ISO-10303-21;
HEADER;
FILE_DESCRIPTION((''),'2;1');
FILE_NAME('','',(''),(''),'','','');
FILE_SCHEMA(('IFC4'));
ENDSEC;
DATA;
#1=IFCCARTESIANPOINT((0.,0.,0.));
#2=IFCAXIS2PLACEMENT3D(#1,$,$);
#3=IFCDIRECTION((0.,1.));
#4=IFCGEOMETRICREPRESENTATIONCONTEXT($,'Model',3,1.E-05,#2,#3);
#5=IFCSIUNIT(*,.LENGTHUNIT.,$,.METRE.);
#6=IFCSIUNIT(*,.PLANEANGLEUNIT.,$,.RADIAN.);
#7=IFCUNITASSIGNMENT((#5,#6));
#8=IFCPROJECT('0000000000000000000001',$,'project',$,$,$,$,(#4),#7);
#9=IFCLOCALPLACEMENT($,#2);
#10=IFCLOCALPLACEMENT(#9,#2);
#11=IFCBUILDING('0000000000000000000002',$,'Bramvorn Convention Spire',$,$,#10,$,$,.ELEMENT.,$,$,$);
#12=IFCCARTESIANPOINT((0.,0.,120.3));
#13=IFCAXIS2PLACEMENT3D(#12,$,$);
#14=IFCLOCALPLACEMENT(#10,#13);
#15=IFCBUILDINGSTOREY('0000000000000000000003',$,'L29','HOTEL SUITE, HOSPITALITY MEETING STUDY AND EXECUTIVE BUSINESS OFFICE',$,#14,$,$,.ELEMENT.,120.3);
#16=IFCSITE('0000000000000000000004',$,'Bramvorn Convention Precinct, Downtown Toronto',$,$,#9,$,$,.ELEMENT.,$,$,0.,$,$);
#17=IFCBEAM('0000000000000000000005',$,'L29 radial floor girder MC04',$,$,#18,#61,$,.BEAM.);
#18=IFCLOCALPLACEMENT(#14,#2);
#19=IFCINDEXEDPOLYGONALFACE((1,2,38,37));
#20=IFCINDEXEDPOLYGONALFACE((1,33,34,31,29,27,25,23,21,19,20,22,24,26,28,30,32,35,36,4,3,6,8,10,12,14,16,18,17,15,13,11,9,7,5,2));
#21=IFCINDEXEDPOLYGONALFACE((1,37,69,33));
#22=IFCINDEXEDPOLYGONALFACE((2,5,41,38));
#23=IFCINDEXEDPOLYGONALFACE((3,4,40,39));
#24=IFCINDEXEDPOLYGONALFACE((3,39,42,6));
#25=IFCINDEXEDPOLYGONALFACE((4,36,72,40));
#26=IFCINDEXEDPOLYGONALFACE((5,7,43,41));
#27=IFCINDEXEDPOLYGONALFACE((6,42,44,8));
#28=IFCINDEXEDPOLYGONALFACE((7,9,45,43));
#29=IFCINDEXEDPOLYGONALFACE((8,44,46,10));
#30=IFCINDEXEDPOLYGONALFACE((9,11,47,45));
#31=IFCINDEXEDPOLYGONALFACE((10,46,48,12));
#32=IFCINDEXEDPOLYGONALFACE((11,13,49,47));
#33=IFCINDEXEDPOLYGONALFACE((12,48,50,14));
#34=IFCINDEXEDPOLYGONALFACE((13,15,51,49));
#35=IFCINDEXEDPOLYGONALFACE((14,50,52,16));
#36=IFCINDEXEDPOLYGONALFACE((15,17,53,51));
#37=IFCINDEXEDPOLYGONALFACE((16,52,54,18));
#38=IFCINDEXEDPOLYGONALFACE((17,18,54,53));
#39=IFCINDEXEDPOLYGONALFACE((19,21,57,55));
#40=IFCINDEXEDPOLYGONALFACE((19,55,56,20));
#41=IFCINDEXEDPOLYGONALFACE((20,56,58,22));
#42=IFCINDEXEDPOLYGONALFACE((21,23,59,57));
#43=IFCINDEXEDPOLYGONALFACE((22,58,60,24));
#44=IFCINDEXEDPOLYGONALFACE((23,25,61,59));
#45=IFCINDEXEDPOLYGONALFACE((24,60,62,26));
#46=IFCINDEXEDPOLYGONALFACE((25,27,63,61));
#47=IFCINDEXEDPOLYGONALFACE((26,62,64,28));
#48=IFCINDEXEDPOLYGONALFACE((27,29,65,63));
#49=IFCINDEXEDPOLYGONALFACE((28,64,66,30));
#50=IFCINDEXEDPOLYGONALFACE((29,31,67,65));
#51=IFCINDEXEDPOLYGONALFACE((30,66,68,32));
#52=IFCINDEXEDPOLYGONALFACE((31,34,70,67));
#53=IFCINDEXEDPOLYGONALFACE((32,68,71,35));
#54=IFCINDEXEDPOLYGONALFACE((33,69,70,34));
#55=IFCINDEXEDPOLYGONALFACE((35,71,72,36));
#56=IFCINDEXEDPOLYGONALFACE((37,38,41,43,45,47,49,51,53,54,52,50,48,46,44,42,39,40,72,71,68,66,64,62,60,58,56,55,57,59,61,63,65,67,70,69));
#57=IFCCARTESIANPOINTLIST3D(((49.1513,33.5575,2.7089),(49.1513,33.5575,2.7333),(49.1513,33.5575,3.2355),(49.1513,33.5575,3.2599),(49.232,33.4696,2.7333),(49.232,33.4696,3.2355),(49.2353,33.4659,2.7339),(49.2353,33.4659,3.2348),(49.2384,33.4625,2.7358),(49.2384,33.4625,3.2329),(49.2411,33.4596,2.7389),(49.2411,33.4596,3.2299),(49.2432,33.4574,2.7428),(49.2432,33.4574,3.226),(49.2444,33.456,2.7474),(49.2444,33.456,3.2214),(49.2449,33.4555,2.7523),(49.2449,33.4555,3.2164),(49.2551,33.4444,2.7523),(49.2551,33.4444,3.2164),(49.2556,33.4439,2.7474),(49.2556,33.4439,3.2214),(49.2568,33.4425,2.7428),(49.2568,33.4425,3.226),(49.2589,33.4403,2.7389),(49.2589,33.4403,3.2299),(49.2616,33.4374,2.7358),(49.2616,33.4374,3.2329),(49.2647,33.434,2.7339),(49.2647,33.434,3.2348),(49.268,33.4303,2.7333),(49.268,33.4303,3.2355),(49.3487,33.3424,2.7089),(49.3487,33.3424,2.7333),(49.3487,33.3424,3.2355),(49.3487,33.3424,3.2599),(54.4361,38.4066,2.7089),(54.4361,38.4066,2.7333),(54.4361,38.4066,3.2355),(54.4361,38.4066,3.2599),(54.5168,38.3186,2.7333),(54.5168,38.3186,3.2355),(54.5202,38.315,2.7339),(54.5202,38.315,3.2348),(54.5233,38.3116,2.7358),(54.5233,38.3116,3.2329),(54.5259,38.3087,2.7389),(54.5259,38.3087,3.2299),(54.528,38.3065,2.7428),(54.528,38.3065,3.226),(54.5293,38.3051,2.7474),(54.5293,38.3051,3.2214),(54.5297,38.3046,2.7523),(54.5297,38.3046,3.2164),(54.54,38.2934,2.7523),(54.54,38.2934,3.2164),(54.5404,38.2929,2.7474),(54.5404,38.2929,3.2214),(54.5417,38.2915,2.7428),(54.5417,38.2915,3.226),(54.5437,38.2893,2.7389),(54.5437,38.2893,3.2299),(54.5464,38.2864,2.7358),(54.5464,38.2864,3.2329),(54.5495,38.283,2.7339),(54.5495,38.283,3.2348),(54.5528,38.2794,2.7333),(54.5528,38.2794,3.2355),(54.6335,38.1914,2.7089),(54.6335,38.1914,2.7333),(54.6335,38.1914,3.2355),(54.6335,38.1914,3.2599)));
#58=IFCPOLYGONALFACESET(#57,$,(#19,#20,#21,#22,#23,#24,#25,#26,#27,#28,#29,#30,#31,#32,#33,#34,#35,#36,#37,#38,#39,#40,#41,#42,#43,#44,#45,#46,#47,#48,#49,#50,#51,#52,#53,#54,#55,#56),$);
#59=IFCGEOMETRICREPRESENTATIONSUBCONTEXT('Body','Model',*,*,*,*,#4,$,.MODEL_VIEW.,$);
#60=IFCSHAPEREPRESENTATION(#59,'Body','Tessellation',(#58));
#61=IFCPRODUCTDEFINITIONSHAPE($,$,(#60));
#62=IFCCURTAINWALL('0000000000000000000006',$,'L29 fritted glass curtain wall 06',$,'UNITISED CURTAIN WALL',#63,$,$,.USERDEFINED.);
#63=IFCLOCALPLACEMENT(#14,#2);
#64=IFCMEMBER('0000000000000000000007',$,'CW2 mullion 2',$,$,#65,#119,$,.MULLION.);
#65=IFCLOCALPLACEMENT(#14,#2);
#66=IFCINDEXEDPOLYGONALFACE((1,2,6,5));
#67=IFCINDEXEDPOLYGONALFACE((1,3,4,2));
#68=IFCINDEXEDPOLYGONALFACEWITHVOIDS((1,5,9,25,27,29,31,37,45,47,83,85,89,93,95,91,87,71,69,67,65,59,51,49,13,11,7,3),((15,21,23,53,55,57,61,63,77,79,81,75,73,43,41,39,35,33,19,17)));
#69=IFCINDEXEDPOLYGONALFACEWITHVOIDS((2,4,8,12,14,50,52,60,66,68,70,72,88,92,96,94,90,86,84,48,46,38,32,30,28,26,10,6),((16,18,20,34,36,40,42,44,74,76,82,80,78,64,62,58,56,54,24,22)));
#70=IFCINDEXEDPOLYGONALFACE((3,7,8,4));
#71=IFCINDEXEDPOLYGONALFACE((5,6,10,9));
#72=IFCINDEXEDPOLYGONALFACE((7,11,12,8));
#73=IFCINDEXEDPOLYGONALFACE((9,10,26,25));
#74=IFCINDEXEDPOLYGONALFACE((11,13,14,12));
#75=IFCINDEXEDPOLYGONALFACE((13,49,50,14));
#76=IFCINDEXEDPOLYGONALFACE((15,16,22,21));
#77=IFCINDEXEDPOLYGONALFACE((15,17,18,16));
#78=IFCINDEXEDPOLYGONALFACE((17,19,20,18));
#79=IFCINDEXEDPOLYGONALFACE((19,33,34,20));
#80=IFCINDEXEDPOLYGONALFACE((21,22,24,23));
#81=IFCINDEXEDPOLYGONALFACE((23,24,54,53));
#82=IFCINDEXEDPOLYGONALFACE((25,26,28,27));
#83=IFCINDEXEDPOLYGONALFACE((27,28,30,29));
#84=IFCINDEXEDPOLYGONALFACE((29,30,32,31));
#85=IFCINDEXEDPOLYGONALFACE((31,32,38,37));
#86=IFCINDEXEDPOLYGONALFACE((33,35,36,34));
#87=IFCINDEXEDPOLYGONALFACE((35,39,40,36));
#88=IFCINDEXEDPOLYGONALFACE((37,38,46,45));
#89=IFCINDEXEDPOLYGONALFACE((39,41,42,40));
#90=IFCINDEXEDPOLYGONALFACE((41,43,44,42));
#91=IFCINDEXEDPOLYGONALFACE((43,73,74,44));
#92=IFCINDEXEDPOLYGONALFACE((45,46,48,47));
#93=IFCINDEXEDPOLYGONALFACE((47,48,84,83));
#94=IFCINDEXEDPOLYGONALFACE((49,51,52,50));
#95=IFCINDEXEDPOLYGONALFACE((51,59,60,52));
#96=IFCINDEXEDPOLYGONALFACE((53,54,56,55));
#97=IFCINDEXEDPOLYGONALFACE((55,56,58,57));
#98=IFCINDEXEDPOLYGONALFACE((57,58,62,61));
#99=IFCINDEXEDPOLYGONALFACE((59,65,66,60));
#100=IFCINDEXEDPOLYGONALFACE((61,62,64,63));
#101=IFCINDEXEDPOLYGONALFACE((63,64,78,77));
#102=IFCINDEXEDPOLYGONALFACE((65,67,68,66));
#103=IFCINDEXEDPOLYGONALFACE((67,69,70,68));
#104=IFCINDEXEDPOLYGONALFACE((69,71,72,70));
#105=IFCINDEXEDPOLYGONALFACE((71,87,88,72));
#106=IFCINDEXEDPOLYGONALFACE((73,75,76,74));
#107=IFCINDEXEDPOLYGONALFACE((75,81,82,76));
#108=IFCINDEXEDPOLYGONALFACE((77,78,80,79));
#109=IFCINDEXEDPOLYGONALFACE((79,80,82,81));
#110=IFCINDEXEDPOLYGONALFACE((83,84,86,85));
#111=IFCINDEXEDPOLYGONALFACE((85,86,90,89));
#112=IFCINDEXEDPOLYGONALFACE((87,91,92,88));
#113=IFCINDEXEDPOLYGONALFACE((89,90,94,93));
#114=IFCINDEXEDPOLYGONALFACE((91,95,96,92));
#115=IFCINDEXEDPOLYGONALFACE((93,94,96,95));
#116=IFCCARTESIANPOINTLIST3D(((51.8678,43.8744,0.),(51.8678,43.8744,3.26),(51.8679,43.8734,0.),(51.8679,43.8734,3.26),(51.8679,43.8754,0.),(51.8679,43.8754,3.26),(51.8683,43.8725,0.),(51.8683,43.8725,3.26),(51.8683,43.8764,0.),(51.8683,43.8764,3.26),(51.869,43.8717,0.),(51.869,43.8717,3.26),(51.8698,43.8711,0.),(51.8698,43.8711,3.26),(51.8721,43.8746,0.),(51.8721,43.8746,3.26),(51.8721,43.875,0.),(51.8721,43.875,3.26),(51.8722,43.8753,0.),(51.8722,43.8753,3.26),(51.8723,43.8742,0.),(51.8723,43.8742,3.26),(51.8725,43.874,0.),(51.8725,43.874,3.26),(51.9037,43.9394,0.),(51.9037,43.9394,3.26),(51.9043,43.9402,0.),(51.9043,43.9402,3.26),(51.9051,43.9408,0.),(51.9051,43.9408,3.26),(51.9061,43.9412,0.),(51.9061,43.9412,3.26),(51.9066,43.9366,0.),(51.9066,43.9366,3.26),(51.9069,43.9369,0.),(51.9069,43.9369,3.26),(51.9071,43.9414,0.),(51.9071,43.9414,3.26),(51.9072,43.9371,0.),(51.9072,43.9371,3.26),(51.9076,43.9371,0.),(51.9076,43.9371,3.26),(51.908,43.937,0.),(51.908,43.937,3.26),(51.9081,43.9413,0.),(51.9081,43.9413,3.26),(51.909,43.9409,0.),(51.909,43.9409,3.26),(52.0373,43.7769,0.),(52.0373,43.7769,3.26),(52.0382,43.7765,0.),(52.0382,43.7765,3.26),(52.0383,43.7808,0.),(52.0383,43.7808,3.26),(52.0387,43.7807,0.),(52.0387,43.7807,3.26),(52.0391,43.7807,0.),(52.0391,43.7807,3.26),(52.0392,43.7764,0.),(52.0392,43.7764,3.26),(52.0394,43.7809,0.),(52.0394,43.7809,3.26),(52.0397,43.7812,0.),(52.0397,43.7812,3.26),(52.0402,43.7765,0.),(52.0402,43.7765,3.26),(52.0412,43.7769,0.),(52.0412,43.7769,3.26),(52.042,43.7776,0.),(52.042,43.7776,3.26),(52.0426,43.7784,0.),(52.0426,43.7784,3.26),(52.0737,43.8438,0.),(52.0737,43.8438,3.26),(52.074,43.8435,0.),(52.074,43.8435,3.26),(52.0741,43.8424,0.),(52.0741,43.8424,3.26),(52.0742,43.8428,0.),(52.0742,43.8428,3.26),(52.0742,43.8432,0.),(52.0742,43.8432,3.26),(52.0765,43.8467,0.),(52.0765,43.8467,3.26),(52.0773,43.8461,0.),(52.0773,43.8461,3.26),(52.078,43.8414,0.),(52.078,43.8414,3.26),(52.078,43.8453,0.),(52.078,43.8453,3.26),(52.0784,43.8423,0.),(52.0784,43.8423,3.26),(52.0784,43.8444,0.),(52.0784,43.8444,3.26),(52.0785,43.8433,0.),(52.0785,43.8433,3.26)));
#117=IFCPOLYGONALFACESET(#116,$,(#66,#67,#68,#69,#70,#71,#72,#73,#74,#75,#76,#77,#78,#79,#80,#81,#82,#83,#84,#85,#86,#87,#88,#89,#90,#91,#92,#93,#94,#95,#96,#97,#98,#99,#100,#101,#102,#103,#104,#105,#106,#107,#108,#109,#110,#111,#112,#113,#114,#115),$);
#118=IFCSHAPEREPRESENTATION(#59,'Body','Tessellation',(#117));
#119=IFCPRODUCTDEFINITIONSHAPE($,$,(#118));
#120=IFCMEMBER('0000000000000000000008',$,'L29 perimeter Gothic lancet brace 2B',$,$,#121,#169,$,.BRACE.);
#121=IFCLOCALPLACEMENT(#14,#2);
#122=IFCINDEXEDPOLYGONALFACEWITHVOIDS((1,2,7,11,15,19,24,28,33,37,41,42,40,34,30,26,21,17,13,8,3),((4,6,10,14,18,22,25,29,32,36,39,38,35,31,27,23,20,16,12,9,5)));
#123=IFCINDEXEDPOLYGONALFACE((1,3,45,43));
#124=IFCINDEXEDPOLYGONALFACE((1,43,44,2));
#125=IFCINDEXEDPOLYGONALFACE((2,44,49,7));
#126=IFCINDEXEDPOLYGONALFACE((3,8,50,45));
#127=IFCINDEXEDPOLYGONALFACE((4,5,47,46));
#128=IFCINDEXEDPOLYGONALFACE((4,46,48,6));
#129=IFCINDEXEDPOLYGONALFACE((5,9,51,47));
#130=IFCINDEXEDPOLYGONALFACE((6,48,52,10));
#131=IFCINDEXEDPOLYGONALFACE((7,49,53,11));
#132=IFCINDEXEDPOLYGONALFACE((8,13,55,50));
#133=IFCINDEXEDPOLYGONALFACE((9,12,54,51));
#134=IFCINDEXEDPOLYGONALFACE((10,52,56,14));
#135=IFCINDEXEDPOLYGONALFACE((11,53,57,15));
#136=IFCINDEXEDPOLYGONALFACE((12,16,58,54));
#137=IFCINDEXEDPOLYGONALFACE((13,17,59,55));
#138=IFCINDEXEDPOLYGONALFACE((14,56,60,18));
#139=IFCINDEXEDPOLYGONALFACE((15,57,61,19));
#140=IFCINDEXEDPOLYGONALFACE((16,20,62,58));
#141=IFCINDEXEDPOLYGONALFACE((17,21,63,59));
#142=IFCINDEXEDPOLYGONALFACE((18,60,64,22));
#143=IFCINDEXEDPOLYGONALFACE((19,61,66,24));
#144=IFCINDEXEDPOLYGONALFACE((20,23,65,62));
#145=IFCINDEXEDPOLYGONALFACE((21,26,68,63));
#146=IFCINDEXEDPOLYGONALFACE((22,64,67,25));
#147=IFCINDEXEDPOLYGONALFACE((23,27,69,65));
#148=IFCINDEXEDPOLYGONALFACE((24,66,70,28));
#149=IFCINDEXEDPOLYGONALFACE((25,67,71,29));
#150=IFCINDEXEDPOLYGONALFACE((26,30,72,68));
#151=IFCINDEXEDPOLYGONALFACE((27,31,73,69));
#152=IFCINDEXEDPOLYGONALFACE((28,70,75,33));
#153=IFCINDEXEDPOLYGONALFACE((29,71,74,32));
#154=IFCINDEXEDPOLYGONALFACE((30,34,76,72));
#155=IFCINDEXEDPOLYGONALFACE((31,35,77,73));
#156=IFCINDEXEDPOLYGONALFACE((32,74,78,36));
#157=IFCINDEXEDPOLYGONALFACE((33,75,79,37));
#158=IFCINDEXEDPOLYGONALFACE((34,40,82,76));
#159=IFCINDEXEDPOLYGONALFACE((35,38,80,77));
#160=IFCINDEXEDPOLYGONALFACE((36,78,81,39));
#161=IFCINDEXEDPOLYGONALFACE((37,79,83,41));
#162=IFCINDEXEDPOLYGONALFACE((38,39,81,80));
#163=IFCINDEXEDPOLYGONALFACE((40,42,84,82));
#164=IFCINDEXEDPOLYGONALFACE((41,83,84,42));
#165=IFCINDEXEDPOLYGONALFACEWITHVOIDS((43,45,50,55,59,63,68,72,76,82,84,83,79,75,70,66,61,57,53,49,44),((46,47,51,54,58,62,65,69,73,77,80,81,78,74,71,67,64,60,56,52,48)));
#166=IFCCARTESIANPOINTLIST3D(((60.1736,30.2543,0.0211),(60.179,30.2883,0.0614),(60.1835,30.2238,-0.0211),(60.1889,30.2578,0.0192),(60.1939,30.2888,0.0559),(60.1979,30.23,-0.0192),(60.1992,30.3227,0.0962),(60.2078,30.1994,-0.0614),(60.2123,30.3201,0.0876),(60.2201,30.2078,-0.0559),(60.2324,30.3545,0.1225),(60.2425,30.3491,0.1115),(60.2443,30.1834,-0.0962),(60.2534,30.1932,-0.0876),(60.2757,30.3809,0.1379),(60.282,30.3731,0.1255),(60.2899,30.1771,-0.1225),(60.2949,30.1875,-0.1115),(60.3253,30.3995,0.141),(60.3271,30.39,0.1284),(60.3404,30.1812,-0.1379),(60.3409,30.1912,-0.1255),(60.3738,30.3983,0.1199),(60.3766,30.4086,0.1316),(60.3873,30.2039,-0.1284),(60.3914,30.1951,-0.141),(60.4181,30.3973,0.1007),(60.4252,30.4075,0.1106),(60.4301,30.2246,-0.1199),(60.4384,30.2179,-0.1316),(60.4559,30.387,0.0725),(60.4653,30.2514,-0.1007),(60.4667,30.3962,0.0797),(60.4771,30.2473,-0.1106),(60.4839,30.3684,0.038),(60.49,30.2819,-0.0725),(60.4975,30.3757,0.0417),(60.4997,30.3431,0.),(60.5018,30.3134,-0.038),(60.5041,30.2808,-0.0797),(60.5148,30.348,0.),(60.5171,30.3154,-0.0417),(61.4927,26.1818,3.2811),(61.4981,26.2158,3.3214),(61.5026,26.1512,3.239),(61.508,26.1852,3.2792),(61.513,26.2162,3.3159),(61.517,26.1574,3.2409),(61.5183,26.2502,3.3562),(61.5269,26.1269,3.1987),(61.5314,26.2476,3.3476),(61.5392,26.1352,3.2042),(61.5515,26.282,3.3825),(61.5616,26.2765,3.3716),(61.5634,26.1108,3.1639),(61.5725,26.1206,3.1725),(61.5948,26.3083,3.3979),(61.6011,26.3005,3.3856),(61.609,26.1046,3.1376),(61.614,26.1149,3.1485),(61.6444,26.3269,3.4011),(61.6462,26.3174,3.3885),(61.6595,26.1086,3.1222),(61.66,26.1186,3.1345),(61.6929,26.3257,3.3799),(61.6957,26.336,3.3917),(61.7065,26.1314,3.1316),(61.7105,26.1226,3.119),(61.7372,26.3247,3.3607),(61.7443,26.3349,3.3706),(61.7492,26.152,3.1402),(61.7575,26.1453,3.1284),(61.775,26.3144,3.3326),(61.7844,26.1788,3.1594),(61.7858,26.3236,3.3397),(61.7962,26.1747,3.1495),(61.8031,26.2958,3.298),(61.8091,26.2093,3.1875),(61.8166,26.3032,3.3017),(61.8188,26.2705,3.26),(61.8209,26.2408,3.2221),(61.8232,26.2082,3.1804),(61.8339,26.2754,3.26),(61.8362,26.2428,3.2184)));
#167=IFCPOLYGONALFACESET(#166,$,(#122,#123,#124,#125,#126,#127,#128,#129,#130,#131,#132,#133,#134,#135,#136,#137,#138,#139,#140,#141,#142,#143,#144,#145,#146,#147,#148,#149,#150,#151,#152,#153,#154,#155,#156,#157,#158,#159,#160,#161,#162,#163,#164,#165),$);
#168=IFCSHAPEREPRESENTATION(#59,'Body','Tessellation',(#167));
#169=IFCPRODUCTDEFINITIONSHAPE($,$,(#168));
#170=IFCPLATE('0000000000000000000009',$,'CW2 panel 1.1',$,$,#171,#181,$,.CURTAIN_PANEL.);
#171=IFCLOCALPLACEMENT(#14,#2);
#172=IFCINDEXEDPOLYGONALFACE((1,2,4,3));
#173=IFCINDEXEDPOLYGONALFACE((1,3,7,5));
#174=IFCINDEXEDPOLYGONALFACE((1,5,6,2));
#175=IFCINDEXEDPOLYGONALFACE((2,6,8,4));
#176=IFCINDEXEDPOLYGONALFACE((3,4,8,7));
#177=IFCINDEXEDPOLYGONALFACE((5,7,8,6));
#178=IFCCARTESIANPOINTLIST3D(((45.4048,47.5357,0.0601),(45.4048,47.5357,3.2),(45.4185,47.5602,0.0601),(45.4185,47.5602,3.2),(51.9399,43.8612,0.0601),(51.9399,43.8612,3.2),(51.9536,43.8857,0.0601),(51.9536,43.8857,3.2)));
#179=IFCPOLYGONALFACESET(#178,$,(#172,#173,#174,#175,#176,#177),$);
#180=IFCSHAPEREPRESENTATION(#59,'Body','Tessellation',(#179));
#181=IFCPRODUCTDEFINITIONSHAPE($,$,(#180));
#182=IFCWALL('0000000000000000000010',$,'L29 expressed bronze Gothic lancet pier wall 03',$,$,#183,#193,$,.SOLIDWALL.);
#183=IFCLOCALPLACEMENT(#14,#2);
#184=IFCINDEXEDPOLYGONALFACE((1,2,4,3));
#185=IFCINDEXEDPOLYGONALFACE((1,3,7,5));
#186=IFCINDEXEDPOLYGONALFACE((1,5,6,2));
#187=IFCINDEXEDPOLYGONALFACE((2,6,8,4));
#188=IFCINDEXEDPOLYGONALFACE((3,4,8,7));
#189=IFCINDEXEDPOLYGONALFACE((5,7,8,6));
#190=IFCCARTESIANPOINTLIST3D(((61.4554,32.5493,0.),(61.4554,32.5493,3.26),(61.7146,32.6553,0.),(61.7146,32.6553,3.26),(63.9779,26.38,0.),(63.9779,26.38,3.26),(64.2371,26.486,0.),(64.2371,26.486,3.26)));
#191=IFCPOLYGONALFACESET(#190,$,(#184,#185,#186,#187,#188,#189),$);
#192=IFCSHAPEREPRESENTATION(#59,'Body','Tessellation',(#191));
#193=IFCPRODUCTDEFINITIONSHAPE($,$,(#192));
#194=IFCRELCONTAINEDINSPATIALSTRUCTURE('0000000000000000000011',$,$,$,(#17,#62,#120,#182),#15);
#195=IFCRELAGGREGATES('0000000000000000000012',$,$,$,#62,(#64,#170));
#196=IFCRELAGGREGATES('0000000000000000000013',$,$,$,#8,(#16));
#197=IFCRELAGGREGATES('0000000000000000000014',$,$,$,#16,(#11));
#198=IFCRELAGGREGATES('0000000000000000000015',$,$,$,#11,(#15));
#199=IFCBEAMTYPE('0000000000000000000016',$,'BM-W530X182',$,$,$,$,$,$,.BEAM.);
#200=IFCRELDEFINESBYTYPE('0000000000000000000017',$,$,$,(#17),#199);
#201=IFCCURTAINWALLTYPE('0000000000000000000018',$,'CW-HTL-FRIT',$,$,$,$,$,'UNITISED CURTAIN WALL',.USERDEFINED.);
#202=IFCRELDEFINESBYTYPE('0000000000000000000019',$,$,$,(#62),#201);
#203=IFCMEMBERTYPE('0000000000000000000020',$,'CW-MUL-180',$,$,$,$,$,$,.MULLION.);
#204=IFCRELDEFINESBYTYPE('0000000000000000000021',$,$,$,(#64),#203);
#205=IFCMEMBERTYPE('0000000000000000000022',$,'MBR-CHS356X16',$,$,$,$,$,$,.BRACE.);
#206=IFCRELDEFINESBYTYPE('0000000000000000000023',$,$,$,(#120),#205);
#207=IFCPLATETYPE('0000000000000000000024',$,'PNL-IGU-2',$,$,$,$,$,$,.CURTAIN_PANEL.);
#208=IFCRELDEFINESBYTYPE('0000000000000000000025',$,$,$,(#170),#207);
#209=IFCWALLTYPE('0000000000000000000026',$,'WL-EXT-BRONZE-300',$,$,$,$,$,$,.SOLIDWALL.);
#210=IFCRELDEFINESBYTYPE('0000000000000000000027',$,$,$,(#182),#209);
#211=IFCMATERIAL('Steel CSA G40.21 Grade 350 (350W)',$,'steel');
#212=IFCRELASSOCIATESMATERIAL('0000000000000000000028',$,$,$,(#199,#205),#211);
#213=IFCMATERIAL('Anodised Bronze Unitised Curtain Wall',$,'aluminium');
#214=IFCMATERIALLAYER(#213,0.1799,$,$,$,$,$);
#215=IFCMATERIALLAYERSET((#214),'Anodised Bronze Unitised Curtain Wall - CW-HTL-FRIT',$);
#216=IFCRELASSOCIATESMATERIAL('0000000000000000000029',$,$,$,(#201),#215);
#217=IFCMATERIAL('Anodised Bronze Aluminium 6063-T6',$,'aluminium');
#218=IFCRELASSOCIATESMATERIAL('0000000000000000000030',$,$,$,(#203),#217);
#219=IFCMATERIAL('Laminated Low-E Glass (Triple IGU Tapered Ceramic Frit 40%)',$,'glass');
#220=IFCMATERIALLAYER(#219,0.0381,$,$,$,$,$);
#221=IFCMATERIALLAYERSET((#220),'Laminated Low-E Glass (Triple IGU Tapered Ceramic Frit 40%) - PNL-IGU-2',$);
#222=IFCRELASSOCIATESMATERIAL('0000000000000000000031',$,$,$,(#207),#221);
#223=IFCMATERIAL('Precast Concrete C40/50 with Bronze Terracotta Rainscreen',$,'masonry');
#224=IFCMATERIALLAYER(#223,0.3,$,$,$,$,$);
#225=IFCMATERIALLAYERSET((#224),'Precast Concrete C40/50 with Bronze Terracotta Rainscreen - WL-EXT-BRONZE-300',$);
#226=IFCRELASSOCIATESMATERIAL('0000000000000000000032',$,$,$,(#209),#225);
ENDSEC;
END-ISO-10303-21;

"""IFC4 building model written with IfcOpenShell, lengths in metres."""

from ifc_helpers import new_model, si_unit, direction, frame, frame_2d, origin, origin_2d, place, context, subcontext, project, spatial, rectangle, hollow_rectangle, hollow_circle, i_section, extrude, material, layer, layer_set, material_profile, profile_set, type_object, element, aggregate, save


model = new_model("IFC4")

# Units and contexts
model_context = context("Model", 3, precision=1e-05, world=origin(), true_north=direction((0.0, 1.0)))
body_context = subcontext(model_context, "Body", "Model", "MODEL_VIEW")
ifc_project = project(units=[si_unit("LENGTHUNIT", "METRE"), si_unit("PLANEANGLEUNIT", "RADIAN")], contexts=[model_context])

# Site, building, storey
site_placement = place(None, origin())
site = spatial("IfcSite", under=ifc_project, at=site_placement, Name="Bramvorn Convention Precinct, Downtown Toronto", CompositionType="ELEMENT", RefElevation=0.0)
building_placement = place(site_placement, origin())
building = spatial("IfcBuilding", under=site, at=building_placement, Name="Bramvorn Convention Spire", CompositionType="ELEMENT")
storey_placement = place(building_placement, frame((0.0, 0.0, 120.3)))
storey = spatial("IfcBuildingStorey", under=building, at=storey_placement, Name="L29", Description="HOTEL SUITE, HOSPITALITY MEETING STUDY AND EXECUTIVE BUSINESS OFFICE", CompositionType="ELEMENT", Elevation=120.3)

# Shared definitions
ifc_material_1 = material(Name="Steel CSA G40.21 Grade 350 (350W)", Category="steel")

# Beam
ifc_material_profile_1 = material_profile(ifc_material_1, i_section(OverallWidth=0.292, OverallDepth=0.551, WebThickness=0.0151, FlangeThickness=0.0244, FilletRadius=0.019, at=origin_2d()))
ifc_profile_set_1 = profile_set([ifc_material_profile_1], Name="Steel CSA G40.21 Grade 350 (350W) - W530X182")
beam_type_1 = type_object("IfcBeamType", Name="BM-W530X182", PredefinedType="BEAM", material=ifc_profile_set_1)
beam_1_placement = place(storey_placement, frame((49.25, 33.45, 2.9844), z_axis=(0.736833, 0.676074, 0.0), x_axis=(-0.676074, 0.736833, 0.0)))
element("IfcBeam", 1, at=beam_1_placement, inside=storey, type_object=beam_type_1, Name="L29 radial floor girder MC04", PredefinedType="BEAM", context=body_context, shape_type="SweptSolid", body=[
    extrude(i_section(OverallWidth=0.292, OverallDepth=0.551, WebThickness=0.0151, FlangeThickness=0.0244, FilletRadius=0.019, at=origin_2d()), origin(), (0.0, 0.0, 1.0), 7.1724),
])

# Curtain wall, member
ifc_material_2 = material(Name="Anodised Bronze Unitised Curtain Wall", Category="aluminium")
ifc_layer_1 = layer(ifc_material_2, 0.1799)
ifc_layer_set_1 = layer_set([ifc_layer_1], Name="Anodised Bronze Unitised Curtain Wall - CW-HTL-FRIT")
curtain_wall_type = type_object("IfcCurtainWallType", Name="CW-HTL-FRIT", ElementType="UNITISED CURTAIN WALL", PredefinedType="USERDEFINED", material=ifc_layer_set_1)
curtain_wall_placement = place(storey_placement, origin())
curtain_wall = element("IfcCurtainWall", 2, at=curtain_wall_placement, inside=storey, type_object=curtain_wall_type, Name="L29 fritted glass curtain wall 06", ObjectType="UNITISED CURTAIN WALL", PredefinedType="USERDEFINED")
ifc_material_3 = material(Name="Anodised Bronze Aluminium 6063-T6", Category="aluminium")
ifc_material_profile_2 = material_profile(ifc_material_3, hollow_rectangle(XDim=0.0801, YDim=0.2, WallThickness=0.0039, InnerFilletRadius=0.001, OuterFilletRadius=0.0039, at=origin_2d()))
ifc_profile_set_2 = profile_set([ifc_material_profile_2], Name="Anodised Bronze Aluminium 6063-T6 - CWM80X200")
member_type_1 = type_object("IfcMemberType", Name="CW-MUL-180", PredefinedType="MULLION", material=ifc_profile_set_2)
member_1_placement = place(storey_placement, frame((51.9731, 43.8589, 0.0), z_axis=(0.0, 0.0, 1.0), x_axis=(0.490113, 0.871659, 0.0)))
member_1 = element("IfcMember", 3, at=member_1_placement, type_object=member_type_1, Name="CW2 mullion 2", PredefinedType="MULLION", context=body_context, shape_type="SweptSolid", body=[
    extrude(hollow_rectangle(XDim=0.0801, YDim=0.2, WallThickness=0.0039, InnerFilletRadius=0.001, OuterFilletRadius=0.0039, at=origin_2d()), origin(), (0.0, 0.0, 1.0), 3.26),
])

# Member
ifc_material_profile_3 = material_profile(ifc_material_1, hollow_circle(Radius=0.1777, WallThickness=0.0159, at=origin_2d()))
ifc_profile_set_3 = profile_set([ifc_material_profile_3], Name="Steel CSA G40.21 Grade 350 (350W) - CHS356X16")
member_type_2 = type_object("IfcMemberType", Name="MBR-CHS356X16", PredefinedType="BRACE", material=ifc_profile_set_3)
member_2_placement = place(storey_placement, frame((60.3457, 30.2932, 0.0), z_axis=(0.245148, -0.75686, 0.60586), x_axis=(0.951341, 0.308141, 0.0)))
element("IfcMember", 4, at=member_2_placement, inside=storey, type_object=member_type_2, Name="L29 perimeter Gothic lancet brace 2B", PredefinedType="BRACE", context=body_context, shape_type="SweptSolid", body=[
    extrude(hollow_circle(Radius=0.1777, WallThickness=0.0159, at=origin_2d()), origin(), (0.0, 0.0, 1.0), 5.3809),
])

# Plate
ifc_material_4 = material(Name="Laminated Low-E Glass (Triple IGU Tapered Ceramic Frit 40%)", Category="glass")
ifc_layer_2 = layer(ifc_material_4, 0.0381)
ifc_layer_set_2 = layer_set([ifc_layer_2], Name="Laminated Low-E Glass (Triple IGU Tapered Ceramic Frit 40%) - PNL-IGU-2")
plate_type = type_object("IfcPlateType", Name="PNL-IGU-2", PredefinedType="CURTAIN_PANEL", material=ifc_layer_set_2)
plate_placement = place(storey_placement, frame((48.6792, 45.7107, 0.0601), z_axis=(0.0, 0.0, 1.0), x_axis=(0.871659, -0.490113, 0.0)))
plate = element("IfcPlate", 5, at=plate_placement, type_object=plate_type, Name="CW2 panel 1.1", PredefinedType="CURTAIN_PANEL", context=body_context, shape_type="SweptSolid", body=[
    extrude(rectangle(XDim=7.4973, YDim=0.0281, at=origin_2d()), origin(), (0.0, 0.0, 1.0), 3.1399),
])
aggregate(curtain_wall, [member_1, plate])

# Wall
ifc_material_5 = material(Name="Precast Concrete C40/50 with Bronze Terracotta Rainscreen", Category="masonry")
ifc_layer_3 = layer(ifc_material_5, 0.3)
ifc_layer_set_3 = layer_set([ifc_layer_3], Name="Precast Concrete C40/50 with Bronze Terracotta Rainscreen - WL-EXT-BRONZE-300")
wall_type_1 = type_object("IfcWallType", Name="WL-EXT-BRONZE-300", PredefinedType="SOLIDWALL", material=ifc_layer_set_3)
wall_1_placement = place(storey_placement, frame((61.585, 32.6023, 0.0), z_axis=(0.0, 0.0, 1.0), x_axis=(0.378466, -0.925615, 0.0)))
element("IfcWall", 6, at=wall_1_placement, inside=storey, type_object=wall_type_1, Name="L29 expressed bronze Gothic lancet pier wall 03", PredefinedType="SOLIDWALL", context=body_context, shape_type="SweptSolid", body=[
    extrude(rectangle(XDim=6.665, YDim=0.28, at=frame_2d((3.3325, 0.0))), origin(), (0.0, 0.0, 1.0), 3.26),
])

save(model, "model.ifc")
